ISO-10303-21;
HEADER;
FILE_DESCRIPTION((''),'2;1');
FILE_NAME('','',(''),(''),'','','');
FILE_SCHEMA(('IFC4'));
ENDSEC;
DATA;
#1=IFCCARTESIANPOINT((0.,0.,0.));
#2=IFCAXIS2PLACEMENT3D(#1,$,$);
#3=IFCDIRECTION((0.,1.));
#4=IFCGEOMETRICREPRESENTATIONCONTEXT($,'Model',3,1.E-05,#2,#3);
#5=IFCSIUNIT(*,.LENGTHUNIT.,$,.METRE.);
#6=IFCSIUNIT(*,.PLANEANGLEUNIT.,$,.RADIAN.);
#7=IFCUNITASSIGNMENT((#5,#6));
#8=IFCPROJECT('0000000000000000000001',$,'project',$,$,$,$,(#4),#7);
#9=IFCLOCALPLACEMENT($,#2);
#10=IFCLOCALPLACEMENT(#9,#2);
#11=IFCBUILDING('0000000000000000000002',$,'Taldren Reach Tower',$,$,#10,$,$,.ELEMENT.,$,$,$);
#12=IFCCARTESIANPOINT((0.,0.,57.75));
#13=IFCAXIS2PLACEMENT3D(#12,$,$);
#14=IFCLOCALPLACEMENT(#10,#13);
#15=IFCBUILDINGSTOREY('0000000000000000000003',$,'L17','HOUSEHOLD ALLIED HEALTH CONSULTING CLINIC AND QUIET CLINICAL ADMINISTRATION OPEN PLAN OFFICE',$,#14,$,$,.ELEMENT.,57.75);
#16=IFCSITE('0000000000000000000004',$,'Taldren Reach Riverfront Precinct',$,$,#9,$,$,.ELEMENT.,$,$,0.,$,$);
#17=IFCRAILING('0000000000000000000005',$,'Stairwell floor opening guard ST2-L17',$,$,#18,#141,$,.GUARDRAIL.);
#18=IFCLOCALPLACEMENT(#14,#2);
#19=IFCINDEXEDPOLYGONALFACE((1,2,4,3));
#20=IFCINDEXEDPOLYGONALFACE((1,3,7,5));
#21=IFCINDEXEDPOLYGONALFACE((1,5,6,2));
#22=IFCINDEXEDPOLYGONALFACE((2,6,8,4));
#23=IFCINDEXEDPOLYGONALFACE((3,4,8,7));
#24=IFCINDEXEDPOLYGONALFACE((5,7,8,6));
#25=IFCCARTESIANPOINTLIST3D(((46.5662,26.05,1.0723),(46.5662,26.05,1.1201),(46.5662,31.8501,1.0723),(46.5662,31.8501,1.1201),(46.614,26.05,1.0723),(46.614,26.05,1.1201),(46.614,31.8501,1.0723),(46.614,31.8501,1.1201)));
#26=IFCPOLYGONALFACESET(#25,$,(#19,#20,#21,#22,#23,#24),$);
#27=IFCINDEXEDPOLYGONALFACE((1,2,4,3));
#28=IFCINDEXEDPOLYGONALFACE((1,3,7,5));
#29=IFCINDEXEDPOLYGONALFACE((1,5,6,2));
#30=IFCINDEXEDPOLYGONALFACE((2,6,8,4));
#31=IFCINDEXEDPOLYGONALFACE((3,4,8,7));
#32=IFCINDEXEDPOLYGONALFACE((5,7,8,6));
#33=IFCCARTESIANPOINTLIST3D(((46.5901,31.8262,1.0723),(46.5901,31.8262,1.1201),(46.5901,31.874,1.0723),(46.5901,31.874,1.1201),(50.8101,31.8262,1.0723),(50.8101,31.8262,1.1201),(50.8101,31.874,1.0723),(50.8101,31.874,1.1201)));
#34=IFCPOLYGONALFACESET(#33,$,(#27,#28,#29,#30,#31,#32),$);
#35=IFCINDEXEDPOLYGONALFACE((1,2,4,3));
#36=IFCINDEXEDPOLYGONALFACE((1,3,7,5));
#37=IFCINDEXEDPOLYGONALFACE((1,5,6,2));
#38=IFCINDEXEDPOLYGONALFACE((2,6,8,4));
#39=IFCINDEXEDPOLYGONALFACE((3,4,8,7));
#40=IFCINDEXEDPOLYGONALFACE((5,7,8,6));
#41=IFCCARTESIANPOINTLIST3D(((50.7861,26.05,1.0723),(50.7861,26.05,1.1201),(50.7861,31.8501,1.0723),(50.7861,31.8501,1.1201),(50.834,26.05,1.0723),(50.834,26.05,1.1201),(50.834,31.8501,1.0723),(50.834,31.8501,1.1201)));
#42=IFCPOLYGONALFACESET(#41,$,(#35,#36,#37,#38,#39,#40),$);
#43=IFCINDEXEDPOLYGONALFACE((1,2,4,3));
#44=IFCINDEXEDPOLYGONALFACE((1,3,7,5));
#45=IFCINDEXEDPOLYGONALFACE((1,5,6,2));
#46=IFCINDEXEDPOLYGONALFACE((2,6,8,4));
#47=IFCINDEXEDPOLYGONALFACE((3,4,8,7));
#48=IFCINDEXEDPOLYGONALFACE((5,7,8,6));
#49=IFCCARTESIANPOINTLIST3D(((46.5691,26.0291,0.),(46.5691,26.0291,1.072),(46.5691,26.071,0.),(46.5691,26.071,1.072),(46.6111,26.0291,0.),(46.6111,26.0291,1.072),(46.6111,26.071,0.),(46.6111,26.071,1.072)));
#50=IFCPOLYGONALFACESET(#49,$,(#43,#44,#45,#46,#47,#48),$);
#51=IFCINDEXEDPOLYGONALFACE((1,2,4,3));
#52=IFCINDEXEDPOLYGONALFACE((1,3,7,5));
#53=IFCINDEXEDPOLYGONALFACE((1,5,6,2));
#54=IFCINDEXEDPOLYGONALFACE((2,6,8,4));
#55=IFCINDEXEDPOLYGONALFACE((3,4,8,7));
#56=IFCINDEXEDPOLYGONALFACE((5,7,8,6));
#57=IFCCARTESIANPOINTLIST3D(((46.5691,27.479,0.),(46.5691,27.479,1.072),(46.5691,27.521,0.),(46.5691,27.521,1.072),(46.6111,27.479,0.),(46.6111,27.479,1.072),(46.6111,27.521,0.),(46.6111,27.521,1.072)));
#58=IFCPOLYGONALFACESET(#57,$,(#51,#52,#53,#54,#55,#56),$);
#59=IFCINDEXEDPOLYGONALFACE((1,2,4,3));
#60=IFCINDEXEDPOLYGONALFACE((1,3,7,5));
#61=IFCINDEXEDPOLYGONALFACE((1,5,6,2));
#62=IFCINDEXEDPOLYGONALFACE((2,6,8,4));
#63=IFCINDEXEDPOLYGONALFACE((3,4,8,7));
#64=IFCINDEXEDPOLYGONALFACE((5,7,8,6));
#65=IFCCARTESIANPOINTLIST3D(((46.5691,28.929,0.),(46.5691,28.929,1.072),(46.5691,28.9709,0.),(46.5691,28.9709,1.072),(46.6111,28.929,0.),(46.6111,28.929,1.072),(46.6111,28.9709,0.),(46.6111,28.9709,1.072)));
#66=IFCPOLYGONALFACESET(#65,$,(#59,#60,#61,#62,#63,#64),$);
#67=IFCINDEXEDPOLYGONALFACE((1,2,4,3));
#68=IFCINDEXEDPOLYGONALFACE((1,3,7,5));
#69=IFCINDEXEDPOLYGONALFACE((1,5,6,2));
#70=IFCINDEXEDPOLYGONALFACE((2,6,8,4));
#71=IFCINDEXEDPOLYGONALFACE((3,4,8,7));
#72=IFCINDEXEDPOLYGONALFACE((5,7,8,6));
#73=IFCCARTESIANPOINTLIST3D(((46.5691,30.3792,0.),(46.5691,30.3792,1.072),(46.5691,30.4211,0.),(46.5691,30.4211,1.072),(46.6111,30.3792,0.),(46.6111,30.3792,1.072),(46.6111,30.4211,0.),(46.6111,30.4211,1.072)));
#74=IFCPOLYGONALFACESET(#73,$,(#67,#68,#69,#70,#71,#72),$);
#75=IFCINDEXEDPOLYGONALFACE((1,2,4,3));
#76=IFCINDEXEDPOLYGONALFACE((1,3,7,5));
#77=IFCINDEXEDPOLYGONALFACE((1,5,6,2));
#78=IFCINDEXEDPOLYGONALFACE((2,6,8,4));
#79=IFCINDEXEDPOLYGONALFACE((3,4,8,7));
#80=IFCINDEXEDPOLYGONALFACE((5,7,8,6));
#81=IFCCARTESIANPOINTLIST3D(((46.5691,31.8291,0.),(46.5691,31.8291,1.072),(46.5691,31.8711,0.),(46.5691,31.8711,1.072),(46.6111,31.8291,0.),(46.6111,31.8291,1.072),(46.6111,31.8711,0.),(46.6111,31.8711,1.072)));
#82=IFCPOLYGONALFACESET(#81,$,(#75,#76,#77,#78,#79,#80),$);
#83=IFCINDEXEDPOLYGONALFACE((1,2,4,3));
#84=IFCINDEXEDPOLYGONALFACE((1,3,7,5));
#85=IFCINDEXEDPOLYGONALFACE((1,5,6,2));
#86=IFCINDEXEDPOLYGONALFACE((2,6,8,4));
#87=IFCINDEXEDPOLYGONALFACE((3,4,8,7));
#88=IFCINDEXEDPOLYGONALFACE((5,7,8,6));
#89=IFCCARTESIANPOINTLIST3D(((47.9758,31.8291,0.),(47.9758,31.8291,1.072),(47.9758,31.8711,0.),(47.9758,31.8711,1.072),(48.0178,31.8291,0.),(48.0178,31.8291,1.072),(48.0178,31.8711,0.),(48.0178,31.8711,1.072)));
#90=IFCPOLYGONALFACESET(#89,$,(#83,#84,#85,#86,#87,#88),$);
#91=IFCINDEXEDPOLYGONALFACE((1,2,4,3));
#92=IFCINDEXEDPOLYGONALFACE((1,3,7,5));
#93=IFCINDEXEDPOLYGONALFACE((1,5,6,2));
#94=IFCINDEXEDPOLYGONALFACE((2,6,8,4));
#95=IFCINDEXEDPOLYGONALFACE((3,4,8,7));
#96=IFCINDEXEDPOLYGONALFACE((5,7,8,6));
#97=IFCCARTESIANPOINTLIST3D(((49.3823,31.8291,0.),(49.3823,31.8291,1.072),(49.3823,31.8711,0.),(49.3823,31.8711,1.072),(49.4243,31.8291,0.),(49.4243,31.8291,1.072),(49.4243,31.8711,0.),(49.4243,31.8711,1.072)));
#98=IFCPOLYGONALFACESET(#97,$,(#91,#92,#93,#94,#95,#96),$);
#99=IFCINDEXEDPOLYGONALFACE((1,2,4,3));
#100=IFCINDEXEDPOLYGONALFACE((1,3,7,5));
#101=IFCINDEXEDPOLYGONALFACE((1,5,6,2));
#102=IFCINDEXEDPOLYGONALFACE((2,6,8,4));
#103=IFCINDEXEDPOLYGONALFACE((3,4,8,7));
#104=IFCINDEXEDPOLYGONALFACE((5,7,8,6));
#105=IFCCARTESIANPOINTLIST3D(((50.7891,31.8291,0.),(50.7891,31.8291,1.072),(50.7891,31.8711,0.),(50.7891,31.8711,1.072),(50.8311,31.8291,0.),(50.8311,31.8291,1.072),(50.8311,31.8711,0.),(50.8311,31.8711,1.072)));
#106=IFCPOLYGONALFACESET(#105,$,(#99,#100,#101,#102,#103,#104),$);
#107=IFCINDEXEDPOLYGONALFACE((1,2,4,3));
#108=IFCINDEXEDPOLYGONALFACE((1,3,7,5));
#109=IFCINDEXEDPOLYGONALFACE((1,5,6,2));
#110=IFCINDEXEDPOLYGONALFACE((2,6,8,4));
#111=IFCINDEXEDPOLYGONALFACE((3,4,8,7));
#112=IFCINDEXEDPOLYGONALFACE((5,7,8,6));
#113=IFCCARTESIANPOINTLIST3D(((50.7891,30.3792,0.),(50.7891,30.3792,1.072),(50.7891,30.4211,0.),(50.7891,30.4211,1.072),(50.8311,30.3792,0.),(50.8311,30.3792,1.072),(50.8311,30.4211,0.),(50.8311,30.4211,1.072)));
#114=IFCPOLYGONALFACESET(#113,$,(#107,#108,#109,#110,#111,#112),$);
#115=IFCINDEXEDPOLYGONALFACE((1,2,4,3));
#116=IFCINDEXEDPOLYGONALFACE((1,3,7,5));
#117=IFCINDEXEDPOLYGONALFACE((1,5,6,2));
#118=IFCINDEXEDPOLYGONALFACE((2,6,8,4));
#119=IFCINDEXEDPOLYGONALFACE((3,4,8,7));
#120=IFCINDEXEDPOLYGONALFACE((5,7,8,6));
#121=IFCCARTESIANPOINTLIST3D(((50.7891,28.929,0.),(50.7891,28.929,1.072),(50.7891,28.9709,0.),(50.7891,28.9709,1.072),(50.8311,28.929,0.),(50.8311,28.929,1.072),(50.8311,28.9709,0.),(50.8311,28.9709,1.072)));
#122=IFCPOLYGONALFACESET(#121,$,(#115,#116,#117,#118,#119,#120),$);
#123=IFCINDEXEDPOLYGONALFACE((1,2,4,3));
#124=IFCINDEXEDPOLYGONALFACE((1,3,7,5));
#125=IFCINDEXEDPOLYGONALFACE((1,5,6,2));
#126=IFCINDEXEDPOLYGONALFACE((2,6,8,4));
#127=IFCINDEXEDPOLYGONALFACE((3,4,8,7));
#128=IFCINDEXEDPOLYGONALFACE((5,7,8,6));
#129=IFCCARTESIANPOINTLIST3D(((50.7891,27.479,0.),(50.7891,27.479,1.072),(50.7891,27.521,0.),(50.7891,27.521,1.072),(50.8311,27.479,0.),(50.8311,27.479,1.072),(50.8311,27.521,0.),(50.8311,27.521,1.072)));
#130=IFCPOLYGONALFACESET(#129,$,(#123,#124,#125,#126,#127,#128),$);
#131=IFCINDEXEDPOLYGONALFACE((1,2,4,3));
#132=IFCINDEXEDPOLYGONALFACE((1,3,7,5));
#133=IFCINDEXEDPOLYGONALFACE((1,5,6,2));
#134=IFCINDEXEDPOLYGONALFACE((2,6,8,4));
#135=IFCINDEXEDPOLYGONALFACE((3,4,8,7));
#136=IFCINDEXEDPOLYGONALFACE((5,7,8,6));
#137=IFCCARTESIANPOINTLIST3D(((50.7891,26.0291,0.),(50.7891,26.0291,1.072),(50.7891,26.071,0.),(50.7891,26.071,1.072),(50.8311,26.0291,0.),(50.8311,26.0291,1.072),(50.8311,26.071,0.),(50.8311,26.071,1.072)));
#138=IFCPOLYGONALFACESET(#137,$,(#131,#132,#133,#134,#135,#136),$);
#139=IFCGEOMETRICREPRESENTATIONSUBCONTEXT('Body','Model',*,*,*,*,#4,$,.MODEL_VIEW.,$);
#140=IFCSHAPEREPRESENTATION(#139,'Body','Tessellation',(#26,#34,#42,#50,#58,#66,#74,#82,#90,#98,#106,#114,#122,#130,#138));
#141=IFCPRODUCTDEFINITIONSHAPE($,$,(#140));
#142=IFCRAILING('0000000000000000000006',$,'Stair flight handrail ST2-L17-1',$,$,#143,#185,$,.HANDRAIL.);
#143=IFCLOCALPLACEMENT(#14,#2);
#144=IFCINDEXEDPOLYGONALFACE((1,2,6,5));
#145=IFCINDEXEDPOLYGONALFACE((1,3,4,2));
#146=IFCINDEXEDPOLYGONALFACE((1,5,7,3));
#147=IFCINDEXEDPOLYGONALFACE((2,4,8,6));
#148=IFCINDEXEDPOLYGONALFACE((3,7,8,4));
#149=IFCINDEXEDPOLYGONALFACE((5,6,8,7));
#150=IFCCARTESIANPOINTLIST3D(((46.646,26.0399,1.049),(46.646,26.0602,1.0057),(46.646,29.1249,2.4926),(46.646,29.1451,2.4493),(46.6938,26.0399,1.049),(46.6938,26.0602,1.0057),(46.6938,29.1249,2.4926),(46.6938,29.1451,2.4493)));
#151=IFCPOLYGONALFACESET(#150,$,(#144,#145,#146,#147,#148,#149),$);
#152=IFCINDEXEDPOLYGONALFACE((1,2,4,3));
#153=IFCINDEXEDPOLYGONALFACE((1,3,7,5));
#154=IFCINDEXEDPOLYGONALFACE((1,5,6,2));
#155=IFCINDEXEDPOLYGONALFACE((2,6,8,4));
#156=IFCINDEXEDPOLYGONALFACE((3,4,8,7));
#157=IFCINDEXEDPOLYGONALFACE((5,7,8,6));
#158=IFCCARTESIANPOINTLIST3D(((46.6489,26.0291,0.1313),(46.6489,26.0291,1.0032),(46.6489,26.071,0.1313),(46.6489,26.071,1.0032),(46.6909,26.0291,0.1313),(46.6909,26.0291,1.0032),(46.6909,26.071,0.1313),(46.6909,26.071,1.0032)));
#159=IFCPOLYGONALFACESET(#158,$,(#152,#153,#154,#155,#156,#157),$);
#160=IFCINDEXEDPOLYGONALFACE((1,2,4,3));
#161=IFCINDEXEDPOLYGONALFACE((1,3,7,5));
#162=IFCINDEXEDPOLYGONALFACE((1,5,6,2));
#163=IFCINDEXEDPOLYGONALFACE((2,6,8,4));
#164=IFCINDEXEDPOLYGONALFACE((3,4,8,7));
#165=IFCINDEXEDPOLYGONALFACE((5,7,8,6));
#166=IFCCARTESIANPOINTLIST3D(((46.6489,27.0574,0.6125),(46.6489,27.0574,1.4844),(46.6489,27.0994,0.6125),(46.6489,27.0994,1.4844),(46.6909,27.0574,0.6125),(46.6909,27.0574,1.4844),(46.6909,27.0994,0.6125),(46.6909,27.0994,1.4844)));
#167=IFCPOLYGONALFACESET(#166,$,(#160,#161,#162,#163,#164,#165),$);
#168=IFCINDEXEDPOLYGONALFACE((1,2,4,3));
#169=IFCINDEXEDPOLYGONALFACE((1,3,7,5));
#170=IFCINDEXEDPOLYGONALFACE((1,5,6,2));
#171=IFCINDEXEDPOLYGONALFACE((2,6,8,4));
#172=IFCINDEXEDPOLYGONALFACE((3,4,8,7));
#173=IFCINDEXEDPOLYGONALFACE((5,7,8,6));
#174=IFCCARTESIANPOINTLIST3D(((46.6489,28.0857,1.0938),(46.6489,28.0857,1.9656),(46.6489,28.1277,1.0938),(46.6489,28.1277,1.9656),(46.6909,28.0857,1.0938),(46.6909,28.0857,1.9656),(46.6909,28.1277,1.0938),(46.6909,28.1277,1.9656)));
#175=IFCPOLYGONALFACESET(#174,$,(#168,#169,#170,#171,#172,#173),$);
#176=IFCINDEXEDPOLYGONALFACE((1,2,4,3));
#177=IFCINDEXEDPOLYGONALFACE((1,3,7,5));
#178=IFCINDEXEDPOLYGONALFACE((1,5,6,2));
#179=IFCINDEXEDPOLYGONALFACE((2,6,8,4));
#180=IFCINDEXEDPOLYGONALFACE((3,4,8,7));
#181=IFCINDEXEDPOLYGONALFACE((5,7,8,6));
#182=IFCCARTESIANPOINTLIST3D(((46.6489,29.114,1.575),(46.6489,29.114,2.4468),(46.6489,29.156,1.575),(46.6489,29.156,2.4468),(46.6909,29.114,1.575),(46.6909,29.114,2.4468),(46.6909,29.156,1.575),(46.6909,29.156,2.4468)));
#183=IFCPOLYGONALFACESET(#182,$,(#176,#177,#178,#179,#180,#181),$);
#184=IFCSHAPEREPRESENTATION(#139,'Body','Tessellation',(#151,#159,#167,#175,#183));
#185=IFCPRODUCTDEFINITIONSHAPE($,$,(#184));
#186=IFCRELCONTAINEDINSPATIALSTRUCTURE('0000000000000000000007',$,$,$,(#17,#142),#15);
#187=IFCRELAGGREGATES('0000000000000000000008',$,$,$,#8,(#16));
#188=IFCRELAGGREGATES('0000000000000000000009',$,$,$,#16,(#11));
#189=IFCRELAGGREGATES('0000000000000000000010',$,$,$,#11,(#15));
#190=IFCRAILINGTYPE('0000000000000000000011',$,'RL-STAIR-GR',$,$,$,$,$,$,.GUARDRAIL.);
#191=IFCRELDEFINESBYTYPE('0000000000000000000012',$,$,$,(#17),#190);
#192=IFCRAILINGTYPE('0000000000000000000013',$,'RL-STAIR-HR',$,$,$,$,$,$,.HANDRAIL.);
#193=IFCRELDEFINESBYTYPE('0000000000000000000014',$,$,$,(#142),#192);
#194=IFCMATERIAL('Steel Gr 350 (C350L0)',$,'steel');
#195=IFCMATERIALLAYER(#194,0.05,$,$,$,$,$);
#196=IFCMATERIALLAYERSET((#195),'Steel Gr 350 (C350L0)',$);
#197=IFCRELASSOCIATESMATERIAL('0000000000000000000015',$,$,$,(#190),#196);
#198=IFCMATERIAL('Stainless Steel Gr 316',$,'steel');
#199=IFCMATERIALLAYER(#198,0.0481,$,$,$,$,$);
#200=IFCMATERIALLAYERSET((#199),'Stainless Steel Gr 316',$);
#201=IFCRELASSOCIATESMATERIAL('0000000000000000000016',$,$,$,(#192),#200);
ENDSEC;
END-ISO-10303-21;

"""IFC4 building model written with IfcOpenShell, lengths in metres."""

from ifc_helpers import new_model, si_unit, direction, frame, origin, origin_2d, place, context, subcontext, project, spatial, rectangle, extrude, material, layer, layer_set, type_object, element, save


model = new_model("IFC4")

# Units and contexts
model_context = context("Model", 3, precision=1e-05, world=origin(), true_north=direction((0.0, 1.0)))
body_context = subcontext(model_context, "Body", "Model", "MODEL_VIEW")
ifc_project = project(units=[si_unit("LENGTHUNIT", "METRE"), si_unit("PLANEANGLEUNIT", "RADIAN")], contexts=[model_context])

# Site, building, storey
site_placement = place(None, origin())
site = spatial("IfcSite", under=ifc_project, at=site_placement, Name="Taldren Reach Riverfront Precinct", CompositionType="ELEMENT", RefElevation=0.0)
building_placement = place(site_placement, origin())
building = spatial("IfcBuilding", under=site, at=building_placement, Name="Taldren Reach Tower", CompositionType="ELEMENT")
storey_placement = place(building_placement, frame((0.0, 0.0, 57.75)))
storey = spatial("IfcBuildingStorey", under=building, at=storey_placement, Name="L17", Description="HOUSEHOLD ALLIED HEALTH CONSULTING CLINIC AND QUIET CLINICAL ADMINISTRATION OPEN PLAN OFFICE", CompositionType="ELEMENT", Elevation=57.75)

# Shared definitions
ifc_material_1 = material(Name="Steel Gr 350 (C350L0)", Category="steel")

# Railings
ifc_layer_1 = layer(ifc_material_1, 0.05)
ifc_layer_set_1 = layer_set([ifc_layer_1], Name="Steel Gr 350 (C350L0)")
railing_type_1 = type_object("IfcRailingType", Name="RL-STAIR-GR", PredefinedType="GUARDRAIL", material=ifc_layer_set_1)
railing_1_placement = place(storey_placement, frame((46.5901, 26.05, 0.0)))
element("IfcRailing", 1, at=railing_1_placement, inside=storey, type_object=railing_type_1, Name="Stairwell floor opening guard ST2-L17", PredefinedType="GUARDRAIL", context=body_context, shape_type="SweptSolid", body=[
    extrude(rectangle(XDim=0.0479, YDim=0.0479, at=origin_2d()), frame((0.0, 0.0, 1.0962), z_axis=(0.0, 1.0, 0.0), x_axis=(-1.0, 0.0, 0.0)), (0.0, 0.0, 1.0), 5.8),
    extrude(rectangle(XDim=0.0479, YDim=0.0479, at=origin_2d()), frame((0.0, 5.8, 1.0962), z_axis=(1.0, 0.0, 0.0), x_axis=(0.0, 1.0, 0.0)), (0.0, 0.0, 1.0), 4.22),
    extrude(rectangle(XDim=0.0479, YDim=0.0479, at=origin_2d()), frame((4.22, 5.8, 1.0962), z_axis=(0.0, -1.0, 0.0), x_axis=(1.0, 0.0, 0.0)), (0.0, 0.0, 1.0), 5.8),
    extrude(rectangle(XDim=0.042, YDim=0.042, at=origin_2d()), origin(), (0.0, 0.0, 1.0), 1.072),
    extrude(rectangle(XDim=0.042, YDim=0.042, at=origin_2d()), frame((0.0, 1.45, 0.0)), (0.0, 0.0, 1.0), 1.072),
    extrude(rectangle(XDim=0.042, YDim=0.042, at=origin_2d()), frame((0.0, 2.8999, 0.0)), (0.0, 0.0, 1.0), 1.072),
    extrude(rectangle(XDim=0.042, YDim=0.042, at=origin_2d()), frame((0.0, 4.3501, 0.0)), (0.0, 0.0, 1.0), 1.072),
    extrude(rectangle(XDim=0.042, YDim=0.042, at=origin_2d()), frame((0.0, 5.8, 0.0)), (0.0, 0.0, 1.0), 1.072),
    extrude(rectangle(XDim=0.042, YDim=0.042, at=origin_2d()), frame((1.4067, 5.8, 0.0)), (0.0, 0.0, 1.0), 1.072),
    extrude(rectangle(XDim=0.042, YDim=0.042, at=origin_2d()), frame((2.8132, 5.8, 0.0)), (0.0, 0.0, 1.0), 1.072),
    extrude(rectangle(XDim=0.042, YDim=0.042, at=origin_2d()), frame((4.22, 5.8, 0.0)), (0.0, 0.0, 1.0), 1.072),
    extrude(rectangle(XDim=0.042, YDim=0.042, at=origin_2d()), frame((4.22, 4.3501, 0.0)), (0.0, 0.0, 1.0), 1.072),
    extrude(rectangle(XDim=0.042, YDim=0.042, at=origin_2d()), frame((4.22, 2.8999, 0.0)), (0.0, 0.0, 1.0), 1.072),
    extrude(rectangle(XDim=0.042, YDim=0.042, at=origin_2d()), frame((4.22, 1.45, 0.0)), (0.0, 0.0, 1.0), 1.072),
    extrude(rectangle(XDim=0.042, YDim=0.042, at=origin_2d()), frame((4.22, 0.0, 0.0)), (0.0, 0.0, 1.0), 1.072),
])
ifc_material_2 = material(Name="Stainless Steel Gr 316", Category="steel")
ifc_layer_2 = layer(ifc_material_2, 0.0481)
ifc_layer_set_2 = layer_set([ifc_layer_2], Name="Stainless Steel Gr 316")
railing_type_2 = type_object("IfcRailingType", Name="RL-STAIR-HR", PredefinedType="HANDRAIL", material=ifc_layer_set_2)
railing_2_placement = place(storey_placement, frame((46.6699, 26.05, 0.1313)))
element("IfcRailing", 2, at=railing_2_placement, inside=storey, type_object=railing_type_2, Name="Stair flight handrail ST2-L17-1", PredefinedType="HANDRAIL", context=body_context, shape_type="SweptSolid", body=[
    extrude(rectangle(XDim=0.0479, YDim=0.0479, at=origin_2d()), frame((0.0, 0.0, 0.896), z_axis=(0.0, 0.905738, 0.423839), x_axis=(-1.0, 0.0, 0.0)), (0.0, 0.0, 1.0), 3.406),
    extrude(rectangle(XDim=0.042, YDim=0.042, at=origin_2d()), origin(), (0.0, 0.0, 1.0), 0.8718),
    extrude(rectangle(XDim=0.042, YDim=0.042, at=origin_2d()), frame((0.0, 1.0283, 0.4812)), (0.0, 0.0, 1.0), 0.8718),
    extrude(rectangle(XDim=0.042, YDim=0.042, at=origin_2d()), frame((0.0, 2.0566, 0.9624)), (0.0, 0.0, 1.0), 0.8718),
    extrude(rectangle(XDim=0.042, YDim=0.042, at=origin_2d()), frame((0.0, 3.085, 1.4436)), (0.0, 0.0, 1.0), 0.8718),
])

save(model, "model.ifc")
